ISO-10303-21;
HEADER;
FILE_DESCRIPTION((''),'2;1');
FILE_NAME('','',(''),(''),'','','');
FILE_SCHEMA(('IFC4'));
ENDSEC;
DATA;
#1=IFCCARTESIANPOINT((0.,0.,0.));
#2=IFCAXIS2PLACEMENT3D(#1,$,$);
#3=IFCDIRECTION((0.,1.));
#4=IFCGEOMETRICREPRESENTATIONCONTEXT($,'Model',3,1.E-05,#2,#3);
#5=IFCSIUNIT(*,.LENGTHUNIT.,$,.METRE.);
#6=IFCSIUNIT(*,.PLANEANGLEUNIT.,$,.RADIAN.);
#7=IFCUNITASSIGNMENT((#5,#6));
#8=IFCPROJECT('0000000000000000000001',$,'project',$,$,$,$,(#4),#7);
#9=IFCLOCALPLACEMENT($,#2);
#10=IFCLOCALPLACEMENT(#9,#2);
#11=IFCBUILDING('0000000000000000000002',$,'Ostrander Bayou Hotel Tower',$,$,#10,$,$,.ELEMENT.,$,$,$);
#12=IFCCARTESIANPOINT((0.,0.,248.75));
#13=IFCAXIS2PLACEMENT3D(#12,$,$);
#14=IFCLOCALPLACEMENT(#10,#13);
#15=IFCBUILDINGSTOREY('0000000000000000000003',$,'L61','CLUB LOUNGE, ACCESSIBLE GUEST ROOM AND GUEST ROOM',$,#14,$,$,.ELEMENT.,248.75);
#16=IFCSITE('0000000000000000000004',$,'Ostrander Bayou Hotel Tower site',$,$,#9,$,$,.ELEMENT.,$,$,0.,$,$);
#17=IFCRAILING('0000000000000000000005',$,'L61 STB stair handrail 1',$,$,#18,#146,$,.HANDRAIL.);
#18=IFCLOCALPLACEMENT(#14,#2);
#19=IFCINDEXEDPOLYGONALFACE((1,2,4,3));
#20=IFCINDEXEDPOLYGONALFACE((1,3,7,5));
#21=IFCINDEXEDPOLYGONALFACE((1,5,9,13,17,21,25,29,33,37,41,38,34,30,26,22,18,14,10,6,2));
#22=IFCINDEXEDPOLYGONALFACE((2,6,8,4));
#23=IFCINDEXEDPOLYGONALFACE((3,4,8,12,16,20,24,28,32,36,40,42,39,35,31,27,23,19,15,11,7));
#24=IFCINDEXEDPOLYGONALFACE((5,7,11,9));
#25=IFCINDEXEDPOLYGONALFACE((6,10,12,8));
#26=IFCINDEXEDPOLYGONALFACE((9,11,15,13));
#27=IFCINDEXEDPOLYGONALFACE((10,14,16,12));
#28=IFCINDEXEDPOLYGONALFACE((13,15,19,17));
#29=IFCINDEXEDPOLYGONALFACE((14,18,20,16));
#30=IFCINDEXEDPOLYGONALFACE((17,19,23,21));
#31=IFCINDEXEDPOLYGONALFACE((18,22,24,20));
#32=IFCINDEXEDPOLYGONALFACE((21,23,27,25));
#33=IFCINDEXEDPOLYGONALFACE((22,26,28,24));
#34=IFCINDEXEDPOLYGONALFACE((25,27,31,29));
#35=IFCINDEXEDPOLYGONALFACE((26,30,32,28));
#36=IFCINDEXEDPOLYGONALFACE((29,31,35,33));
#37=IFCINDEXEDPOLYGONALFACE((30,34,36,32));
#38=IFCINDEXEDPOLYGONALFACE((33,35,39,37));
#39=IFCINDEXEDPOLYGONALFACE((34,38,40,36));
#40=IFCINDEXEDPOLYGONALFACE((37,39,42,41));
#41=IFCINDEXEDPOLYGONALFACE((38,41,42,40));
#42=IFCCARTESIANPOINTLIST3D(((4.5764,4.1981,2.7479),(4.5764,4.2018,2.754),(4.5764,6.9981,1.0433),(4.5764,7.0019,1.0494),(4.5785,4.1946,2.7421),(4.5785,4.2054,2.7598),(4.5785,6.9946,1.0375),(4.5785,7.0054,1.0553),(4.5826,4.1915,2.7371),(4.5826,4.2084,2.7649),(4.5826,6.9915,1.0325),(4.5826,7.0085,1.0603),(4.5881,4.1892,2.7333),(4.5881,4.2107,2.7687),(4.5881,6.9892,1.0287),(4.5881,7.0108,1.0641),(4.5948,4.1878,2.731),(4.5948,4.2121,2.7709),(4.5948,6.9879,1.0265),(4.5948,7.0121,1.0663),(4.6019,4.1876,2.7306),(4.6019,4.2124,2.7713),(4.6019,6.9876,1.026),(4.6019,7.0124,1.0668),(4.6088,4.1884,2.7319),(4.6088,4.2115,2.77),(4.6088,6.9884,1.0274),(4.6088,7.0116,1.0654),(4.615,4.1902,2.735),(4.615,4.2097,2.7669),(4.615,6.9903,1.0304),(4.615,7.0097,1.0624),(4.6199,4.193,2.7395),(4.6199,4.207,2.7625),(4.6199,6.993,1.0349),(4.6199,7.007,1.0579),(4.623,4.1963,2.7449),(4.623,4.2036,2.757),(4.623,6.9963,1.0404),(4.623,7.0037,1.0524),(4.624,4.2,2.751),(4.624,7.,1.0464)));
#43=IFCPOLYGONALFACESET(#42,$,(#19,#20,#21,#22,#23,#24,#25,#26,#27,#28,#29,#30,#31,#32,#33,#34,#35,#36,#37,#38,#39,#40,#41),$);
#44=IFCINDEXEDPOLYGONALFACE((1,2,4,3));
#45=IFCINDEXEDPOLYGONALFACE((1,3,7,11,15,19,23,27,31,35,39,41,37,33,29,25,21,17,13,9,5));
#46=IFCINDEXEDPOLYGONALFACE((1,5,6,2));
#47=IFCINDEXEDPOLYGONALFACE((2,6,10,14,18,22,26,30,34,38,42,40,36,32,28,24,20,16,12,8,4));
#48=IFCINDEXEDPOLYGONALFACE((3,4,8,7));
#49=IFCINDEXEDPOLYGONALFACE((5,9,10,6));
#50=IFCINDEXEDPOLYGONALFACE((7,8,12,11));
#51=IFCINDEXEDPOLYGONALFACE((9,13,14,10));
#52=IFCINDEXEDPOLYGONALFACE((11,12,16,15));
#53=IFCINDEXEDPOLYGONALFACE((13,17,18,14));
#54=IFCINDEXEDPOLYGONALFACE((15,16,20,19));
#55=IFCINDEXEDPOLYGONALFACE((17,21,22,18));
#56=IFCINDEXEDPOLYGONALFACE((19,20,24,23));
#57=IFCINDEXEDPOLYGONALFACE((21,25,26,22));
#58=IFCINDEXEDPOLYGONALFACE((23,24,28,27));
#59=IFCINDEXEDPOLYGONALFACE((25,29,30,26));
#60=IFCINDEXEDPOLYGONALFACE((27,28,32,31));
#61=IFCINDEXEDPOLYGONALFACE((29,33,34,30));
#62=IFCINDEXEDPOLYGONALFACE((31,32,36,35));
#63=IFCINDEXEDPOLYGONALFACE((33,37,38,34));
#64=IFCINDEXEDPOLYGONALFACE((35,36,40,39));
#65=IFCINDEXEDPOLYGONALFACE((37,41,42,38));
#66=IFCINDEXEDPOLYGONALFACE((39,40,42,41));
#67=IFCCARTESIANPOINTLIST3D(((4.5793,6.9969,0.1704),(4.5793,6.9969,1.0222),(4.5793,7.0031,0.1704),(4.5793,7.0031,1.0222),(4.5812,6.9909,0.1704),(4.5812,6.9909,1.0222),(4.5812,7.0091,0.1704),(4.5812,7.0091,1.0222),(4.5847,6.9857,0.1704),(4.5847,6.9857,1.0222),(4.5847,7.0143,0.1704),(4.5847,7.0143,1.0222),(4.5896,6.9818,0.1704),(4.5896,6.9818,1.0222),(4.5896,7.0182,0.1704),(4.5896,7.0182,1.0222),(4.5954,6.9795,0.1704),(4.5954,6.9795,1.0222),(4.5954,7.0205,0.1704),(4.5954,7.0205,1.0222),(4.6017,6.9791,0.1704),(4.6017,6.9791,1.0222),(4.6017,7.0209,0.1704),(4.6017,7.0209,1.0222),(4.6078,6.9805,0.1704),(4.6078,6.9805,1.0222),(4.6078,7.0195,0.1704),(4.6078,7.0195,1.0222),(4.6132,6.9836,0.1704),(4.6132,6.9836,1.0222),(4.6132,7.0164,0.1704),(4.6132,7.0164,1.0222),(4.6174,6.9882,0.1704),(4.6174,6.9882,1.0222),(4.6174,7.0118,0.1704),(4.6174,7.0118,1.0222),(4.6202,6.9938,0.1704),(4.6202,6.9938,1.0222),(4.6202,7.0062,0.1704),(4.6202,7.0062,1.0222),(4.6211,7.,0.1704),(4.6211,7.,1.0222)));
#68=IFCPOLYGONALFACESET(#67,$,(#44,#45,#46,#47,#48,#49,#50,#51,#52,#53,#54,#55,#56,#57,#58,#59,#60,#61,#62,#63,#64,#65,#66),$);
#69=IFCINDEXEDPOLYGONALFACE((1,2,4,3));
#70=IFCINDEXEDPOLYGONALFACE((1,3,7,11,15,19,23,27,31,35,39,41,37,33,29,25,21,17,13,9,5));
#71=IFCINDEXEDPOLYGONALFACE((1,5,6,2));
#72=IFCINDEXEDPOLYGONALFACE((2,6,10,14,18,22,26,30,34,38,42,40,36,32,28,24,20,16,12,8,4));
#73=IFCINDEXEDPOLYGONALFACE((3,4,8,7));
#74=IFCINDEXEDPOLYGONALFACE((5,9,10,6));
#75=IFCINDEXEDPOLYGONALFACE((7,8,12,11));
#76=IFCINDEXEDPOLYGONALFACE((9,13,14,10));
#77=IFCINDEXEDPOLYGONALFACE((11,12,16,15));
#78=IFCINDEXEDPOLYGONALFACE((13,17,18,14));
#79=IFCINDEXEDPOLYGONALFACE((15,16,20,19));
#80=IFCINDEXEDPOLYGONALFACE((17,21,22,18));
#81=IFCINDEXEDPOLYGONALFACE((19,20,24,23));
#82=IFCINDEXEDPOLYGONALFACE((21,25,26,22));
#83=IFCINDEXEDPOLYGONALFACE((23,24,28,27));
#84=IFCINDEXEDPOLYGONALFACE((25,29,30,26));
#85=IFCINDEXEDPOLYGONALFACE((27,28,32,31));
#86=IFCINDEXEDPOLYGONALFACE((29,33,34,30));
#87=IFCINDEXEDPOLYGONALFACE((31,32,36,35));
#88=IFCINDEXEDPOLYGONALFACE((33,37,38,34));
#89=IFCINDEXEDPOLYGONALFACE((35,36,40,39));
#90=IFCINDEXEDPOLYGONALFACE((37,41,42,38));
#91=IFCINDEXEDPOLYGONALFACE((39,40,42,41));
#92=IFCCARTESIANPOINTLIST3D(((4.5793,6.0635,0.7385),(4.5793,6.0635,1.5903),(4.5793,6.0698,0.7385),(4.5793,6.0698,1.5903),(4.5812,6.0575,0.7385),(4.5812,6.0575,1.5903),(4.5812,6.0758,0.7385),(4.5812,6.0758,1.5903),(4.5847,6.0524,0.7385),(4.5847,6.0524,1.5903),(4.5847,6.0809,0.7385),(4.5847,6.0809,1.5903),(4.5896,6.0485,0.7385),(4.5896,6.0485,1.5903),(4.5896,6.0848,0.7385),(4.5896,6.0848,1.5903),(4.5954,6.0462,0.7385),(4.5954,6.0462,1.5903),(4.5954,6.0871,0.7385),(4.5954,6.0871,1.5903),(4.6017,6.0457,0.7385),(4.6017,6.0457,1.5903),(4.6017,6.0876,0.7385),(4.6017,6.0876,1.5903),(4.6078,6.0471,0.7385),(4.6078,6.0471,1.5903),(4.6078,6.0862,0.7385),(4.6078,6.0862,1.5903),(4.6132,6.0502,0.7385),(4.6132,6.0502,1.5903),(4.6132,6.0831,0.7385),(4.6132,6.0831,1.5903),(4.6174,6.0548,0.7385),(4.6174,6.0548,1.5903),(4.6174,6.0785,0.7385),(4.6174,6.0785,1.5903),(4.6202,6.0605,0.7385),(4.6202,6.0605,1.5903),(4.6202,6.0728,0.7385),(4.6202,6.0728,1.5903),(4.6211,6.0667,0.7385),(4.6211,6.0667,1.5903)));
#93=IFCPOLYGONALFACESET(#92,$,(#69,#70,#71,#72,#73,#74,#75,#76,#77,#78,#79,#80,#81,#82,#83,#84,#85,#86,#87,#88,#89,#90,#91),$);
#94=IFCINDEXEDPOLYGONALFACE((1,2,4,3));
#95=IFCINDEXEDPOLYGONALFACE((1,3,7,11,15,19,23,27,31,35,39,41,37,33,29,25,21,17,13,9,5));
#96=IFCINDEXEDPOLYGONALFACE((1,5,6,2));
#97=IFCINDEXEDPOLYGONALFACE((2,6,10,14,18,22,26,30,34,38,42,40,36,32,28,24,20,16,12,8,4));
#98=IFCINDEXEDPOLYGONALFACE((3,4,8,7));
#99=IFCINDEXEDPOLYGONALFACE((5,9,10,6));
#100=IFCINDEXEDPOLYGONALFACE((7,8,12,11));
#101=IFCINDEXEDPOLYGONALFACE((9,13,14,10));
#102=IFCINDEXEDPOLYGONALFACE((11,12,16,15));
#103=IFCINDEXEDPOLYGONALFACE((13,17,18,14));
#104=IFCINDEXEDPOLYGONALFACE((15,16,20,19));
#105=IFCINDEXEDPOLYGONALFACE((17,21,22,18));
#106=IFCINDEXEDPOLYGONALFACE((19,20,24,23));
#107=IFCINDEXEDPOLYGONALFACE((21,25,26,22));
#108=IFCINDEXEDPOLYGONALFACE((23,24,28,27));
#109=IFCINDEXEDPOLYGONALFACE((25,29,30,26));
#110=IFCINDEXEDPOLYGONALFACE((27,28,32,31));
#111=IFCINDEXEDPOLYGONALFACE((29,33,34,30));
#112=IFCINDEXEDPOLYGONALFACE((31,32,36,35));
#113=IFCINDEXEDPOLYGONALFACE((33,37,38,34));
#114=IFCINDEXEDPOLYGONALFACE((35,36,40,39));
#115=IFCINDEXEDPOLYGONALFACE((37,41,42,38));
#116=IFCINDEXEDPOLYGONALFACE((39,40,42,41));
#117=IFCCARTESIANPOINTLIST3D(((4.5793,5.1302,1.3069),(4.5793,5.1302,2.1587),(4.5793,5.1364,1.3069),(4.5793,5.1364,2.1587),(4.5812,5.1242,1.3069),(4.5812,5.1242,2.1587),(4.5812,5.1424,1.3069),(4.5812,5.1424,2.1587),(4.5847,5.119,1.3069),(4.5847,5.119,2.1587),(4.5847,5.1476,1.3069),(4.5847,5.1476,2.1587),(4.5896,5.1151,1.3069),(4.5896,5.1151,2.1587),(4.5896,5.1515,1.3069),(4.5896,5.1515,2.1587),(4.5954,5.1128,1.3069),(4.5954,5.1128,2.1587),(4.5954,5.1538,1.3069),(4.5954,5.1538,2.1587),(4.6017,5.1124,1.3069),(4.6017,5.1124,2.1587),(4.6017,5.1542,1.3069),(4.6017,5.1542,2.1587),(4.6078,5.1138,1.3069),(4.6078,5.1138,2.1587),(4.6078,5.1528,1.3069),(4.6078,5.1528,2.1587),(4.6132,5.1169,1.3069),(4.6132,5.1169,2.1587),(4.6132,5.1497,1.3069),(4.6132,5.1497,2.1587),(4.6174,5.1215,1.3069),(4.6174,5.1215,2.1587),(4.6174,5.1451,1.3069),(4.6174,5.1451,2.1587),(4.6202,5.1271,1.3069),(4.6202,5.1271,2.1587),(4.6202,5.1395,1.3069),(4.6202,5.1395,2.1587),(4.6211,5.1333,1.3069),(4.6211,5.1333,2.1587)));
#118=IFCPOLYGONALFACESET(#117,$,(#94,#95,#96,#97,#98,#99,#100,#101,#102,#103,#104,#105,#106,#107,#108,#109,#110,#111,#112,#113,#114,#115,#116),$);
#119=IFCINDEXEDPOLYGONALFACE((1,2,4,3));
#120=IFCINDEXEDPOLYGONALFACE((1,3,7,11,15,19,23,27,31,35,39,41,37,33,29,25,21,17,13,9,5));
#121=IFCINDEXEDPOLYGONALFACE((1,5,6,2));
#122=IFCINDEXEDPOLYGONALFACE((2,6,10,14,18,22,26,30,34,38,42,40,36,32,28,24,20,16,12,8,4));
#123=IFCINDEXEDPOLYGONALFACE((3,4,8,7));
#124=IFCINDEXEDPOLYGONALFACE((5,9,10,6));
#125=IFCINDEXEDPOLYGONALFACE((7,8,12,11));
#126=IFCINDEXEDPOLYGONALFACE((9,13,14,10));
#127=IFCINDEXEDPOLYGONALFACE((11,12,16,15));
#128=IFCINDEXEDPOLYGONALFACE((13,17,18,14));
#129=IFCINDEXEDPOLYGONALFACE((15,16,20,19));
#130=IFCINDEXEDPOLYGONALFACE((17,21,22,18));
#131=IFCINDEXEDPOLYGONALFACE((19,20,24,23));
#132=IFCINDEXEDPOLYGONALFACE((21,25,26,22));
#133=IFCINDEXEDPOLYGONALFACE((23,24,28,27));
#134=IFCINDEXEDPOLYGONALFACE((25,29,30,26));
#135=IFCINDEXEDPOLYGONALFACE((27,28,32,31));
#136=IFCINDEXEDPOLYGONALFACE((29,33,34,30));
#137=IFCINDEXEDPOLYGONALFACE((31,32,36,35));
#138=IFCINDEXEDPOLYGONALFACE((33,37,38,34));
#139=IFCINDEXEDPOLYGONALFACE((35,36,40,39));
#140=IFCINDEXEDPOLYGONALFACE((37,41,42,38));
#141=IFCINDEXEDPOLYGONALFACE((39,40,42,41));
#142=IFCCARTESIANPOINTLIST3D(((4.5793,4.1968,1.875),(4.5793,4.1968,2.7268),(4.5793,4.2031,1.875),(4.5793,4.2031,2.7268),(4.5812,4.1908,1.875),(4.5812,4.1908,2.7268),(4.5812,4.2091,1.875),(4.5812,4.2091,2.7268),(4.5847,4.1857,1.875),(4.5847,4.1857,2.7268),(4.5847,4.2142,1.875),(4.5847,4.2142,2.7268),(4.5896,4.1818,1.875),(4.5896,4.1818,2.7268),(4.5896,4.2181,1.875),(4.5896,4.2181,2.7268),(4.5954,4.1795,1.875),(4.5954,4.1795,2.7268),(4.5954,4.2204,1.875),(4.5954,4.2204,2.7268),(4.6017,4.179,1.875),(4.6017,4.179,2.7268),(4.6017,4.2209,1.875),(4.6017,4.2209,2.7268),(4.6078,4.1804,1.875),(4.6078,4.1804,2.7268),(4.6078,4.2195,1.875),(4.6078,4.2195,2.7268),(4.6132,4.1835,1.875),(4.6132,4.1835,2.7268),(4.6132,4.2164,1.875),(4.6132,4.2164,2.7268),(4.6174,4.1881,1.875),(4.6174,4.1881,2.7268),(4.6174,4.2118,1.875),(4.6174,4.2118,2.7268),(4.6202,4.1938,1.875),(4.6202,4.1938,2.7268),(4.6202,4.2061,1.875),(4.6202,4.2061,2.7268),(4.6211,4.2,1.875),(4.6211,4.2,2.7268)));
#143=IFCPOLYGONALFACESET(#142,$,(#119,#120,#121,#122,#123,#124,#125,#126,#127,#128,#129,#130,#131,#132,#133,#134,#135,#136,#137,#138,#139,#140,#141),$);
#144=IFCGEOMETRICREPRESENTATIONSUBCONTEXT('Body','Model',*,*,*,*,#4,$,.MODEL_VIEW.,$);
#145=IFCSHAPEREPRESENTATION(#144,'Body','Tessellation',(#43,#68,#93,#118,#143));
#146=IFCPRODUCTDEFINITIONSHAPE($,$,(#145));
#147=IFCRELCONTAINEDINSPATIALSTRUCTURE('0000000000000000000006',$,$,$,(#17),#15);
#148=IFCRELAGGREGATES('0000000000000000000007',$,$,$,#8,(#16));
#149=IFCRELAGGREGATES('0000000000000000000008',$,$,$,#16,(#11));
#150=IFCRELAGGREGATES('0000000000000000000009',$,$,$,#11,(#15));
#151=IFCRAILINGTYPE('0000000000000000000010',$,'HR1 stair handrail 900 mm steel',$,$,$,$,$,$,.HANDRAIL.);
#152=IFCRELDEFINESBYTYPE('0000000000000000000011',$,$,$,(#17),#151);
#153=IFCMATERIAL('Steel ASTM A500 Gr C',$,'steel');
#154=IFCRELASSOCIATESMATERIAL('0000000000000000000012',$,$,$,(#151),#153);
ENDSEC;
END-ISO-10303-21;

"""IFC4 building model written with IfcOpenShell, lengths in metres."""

from ifc_helpers import new_model, si_unit, direction, frame, origin, origin_2d, place, context, subcontext, project, spatial, circle, extrude, material, type_object, element, save


model = new_model("IFC4")

# Units and contexts
model_context = context("Model", 3, precision=1e-05, world=origin(), true_north=direction((0.0, 1.0)))
body_context = subcontext(model_context, "Body", "Model", "MODEL_VIEW")
ifc_project = project(units=[si_unit("LENGTHUNIT", "METRE"), si_unit("PLANEANGLEUNIT", "RADIAN")], contexts=[model_context])

# Site, building, storey
site_placement = place(None, origin())
site = spatial("IfcSite", under=ifc_project, at=site_placement, Name="Ostrander Bayou Hotel Tower site", CompositionType="ELEMENT", RefElevation=0.0)
building_placement = place(site_placement, origin())
building = spatial("IfcBuilding", under=site, at=building_placement, Name="Ostrander Bayou Hotel Tower", CompositionType="ELEMENT")
storey_placement = place(building_placement, frame((0.0, 0.0, 248.75)))
storey = spatial("IfcBuildingStorey", under=building, at=storey_placement, Name="L61", Description="CLUB LOUNGE, ACCESSIBLE GUEST ROOM AND GUEST ROOM", CompositionType="ELEMENT", Elevation=248.75)

# Railing
ifc_material_1 = material(Name="Steel ASTM A500 Gr C", Category="steel")
railing_type_1 = type_object("IfcRailingType", Name="HR1 stair handrail 900 mm steel", PredefinedType="HANDRAIL", material=ifc_material_1)
railing_1_placement = place(storey_placement, frame((4.6001, 7.0, 0.1704)))
element("IfcRailing", 1, at=railing_1_placement, inside=storey, type_object=railing_type_1, Name="L61 STB stair handrail 1", PredefinedType="HANDRAIL", context=body_context, shape_type="SweptSolid", body=[
    extrude(circle(Radius=0.0239, at=origin_2d()), frame((0.0, 0.0, 0.876), z_axis=(0.0, -0.85417, 0.519994), x_axis=(1.0, 0.0, 0.0)), (0.0, 0.0, 1.0), 3.2781),
    extrude(circle(Radius=0.021, at=origin_2d()), origin(), (0.0, 0.0, 1.0), 0.8518),
    extrude(circle(Radius=0.021, at=origin_2d()), frame((0.0, -0.9333, 0.5681)), (0.0, 0.0, 1.0), 0.8518),
    extrude(circle(Radius=0.021, at=origin_2d()), frame((0.0, -1.8667, 1.1365)), (0.0, 0.0, 1.0), 0.8518),
    extrude(circle(Radius=0.021, at=origin_2d()), frame((0.0, -2.8, 1.7046)), (0.0, 0.0, 1.0), 0.8518),
])

save(model, "model.ifc")
